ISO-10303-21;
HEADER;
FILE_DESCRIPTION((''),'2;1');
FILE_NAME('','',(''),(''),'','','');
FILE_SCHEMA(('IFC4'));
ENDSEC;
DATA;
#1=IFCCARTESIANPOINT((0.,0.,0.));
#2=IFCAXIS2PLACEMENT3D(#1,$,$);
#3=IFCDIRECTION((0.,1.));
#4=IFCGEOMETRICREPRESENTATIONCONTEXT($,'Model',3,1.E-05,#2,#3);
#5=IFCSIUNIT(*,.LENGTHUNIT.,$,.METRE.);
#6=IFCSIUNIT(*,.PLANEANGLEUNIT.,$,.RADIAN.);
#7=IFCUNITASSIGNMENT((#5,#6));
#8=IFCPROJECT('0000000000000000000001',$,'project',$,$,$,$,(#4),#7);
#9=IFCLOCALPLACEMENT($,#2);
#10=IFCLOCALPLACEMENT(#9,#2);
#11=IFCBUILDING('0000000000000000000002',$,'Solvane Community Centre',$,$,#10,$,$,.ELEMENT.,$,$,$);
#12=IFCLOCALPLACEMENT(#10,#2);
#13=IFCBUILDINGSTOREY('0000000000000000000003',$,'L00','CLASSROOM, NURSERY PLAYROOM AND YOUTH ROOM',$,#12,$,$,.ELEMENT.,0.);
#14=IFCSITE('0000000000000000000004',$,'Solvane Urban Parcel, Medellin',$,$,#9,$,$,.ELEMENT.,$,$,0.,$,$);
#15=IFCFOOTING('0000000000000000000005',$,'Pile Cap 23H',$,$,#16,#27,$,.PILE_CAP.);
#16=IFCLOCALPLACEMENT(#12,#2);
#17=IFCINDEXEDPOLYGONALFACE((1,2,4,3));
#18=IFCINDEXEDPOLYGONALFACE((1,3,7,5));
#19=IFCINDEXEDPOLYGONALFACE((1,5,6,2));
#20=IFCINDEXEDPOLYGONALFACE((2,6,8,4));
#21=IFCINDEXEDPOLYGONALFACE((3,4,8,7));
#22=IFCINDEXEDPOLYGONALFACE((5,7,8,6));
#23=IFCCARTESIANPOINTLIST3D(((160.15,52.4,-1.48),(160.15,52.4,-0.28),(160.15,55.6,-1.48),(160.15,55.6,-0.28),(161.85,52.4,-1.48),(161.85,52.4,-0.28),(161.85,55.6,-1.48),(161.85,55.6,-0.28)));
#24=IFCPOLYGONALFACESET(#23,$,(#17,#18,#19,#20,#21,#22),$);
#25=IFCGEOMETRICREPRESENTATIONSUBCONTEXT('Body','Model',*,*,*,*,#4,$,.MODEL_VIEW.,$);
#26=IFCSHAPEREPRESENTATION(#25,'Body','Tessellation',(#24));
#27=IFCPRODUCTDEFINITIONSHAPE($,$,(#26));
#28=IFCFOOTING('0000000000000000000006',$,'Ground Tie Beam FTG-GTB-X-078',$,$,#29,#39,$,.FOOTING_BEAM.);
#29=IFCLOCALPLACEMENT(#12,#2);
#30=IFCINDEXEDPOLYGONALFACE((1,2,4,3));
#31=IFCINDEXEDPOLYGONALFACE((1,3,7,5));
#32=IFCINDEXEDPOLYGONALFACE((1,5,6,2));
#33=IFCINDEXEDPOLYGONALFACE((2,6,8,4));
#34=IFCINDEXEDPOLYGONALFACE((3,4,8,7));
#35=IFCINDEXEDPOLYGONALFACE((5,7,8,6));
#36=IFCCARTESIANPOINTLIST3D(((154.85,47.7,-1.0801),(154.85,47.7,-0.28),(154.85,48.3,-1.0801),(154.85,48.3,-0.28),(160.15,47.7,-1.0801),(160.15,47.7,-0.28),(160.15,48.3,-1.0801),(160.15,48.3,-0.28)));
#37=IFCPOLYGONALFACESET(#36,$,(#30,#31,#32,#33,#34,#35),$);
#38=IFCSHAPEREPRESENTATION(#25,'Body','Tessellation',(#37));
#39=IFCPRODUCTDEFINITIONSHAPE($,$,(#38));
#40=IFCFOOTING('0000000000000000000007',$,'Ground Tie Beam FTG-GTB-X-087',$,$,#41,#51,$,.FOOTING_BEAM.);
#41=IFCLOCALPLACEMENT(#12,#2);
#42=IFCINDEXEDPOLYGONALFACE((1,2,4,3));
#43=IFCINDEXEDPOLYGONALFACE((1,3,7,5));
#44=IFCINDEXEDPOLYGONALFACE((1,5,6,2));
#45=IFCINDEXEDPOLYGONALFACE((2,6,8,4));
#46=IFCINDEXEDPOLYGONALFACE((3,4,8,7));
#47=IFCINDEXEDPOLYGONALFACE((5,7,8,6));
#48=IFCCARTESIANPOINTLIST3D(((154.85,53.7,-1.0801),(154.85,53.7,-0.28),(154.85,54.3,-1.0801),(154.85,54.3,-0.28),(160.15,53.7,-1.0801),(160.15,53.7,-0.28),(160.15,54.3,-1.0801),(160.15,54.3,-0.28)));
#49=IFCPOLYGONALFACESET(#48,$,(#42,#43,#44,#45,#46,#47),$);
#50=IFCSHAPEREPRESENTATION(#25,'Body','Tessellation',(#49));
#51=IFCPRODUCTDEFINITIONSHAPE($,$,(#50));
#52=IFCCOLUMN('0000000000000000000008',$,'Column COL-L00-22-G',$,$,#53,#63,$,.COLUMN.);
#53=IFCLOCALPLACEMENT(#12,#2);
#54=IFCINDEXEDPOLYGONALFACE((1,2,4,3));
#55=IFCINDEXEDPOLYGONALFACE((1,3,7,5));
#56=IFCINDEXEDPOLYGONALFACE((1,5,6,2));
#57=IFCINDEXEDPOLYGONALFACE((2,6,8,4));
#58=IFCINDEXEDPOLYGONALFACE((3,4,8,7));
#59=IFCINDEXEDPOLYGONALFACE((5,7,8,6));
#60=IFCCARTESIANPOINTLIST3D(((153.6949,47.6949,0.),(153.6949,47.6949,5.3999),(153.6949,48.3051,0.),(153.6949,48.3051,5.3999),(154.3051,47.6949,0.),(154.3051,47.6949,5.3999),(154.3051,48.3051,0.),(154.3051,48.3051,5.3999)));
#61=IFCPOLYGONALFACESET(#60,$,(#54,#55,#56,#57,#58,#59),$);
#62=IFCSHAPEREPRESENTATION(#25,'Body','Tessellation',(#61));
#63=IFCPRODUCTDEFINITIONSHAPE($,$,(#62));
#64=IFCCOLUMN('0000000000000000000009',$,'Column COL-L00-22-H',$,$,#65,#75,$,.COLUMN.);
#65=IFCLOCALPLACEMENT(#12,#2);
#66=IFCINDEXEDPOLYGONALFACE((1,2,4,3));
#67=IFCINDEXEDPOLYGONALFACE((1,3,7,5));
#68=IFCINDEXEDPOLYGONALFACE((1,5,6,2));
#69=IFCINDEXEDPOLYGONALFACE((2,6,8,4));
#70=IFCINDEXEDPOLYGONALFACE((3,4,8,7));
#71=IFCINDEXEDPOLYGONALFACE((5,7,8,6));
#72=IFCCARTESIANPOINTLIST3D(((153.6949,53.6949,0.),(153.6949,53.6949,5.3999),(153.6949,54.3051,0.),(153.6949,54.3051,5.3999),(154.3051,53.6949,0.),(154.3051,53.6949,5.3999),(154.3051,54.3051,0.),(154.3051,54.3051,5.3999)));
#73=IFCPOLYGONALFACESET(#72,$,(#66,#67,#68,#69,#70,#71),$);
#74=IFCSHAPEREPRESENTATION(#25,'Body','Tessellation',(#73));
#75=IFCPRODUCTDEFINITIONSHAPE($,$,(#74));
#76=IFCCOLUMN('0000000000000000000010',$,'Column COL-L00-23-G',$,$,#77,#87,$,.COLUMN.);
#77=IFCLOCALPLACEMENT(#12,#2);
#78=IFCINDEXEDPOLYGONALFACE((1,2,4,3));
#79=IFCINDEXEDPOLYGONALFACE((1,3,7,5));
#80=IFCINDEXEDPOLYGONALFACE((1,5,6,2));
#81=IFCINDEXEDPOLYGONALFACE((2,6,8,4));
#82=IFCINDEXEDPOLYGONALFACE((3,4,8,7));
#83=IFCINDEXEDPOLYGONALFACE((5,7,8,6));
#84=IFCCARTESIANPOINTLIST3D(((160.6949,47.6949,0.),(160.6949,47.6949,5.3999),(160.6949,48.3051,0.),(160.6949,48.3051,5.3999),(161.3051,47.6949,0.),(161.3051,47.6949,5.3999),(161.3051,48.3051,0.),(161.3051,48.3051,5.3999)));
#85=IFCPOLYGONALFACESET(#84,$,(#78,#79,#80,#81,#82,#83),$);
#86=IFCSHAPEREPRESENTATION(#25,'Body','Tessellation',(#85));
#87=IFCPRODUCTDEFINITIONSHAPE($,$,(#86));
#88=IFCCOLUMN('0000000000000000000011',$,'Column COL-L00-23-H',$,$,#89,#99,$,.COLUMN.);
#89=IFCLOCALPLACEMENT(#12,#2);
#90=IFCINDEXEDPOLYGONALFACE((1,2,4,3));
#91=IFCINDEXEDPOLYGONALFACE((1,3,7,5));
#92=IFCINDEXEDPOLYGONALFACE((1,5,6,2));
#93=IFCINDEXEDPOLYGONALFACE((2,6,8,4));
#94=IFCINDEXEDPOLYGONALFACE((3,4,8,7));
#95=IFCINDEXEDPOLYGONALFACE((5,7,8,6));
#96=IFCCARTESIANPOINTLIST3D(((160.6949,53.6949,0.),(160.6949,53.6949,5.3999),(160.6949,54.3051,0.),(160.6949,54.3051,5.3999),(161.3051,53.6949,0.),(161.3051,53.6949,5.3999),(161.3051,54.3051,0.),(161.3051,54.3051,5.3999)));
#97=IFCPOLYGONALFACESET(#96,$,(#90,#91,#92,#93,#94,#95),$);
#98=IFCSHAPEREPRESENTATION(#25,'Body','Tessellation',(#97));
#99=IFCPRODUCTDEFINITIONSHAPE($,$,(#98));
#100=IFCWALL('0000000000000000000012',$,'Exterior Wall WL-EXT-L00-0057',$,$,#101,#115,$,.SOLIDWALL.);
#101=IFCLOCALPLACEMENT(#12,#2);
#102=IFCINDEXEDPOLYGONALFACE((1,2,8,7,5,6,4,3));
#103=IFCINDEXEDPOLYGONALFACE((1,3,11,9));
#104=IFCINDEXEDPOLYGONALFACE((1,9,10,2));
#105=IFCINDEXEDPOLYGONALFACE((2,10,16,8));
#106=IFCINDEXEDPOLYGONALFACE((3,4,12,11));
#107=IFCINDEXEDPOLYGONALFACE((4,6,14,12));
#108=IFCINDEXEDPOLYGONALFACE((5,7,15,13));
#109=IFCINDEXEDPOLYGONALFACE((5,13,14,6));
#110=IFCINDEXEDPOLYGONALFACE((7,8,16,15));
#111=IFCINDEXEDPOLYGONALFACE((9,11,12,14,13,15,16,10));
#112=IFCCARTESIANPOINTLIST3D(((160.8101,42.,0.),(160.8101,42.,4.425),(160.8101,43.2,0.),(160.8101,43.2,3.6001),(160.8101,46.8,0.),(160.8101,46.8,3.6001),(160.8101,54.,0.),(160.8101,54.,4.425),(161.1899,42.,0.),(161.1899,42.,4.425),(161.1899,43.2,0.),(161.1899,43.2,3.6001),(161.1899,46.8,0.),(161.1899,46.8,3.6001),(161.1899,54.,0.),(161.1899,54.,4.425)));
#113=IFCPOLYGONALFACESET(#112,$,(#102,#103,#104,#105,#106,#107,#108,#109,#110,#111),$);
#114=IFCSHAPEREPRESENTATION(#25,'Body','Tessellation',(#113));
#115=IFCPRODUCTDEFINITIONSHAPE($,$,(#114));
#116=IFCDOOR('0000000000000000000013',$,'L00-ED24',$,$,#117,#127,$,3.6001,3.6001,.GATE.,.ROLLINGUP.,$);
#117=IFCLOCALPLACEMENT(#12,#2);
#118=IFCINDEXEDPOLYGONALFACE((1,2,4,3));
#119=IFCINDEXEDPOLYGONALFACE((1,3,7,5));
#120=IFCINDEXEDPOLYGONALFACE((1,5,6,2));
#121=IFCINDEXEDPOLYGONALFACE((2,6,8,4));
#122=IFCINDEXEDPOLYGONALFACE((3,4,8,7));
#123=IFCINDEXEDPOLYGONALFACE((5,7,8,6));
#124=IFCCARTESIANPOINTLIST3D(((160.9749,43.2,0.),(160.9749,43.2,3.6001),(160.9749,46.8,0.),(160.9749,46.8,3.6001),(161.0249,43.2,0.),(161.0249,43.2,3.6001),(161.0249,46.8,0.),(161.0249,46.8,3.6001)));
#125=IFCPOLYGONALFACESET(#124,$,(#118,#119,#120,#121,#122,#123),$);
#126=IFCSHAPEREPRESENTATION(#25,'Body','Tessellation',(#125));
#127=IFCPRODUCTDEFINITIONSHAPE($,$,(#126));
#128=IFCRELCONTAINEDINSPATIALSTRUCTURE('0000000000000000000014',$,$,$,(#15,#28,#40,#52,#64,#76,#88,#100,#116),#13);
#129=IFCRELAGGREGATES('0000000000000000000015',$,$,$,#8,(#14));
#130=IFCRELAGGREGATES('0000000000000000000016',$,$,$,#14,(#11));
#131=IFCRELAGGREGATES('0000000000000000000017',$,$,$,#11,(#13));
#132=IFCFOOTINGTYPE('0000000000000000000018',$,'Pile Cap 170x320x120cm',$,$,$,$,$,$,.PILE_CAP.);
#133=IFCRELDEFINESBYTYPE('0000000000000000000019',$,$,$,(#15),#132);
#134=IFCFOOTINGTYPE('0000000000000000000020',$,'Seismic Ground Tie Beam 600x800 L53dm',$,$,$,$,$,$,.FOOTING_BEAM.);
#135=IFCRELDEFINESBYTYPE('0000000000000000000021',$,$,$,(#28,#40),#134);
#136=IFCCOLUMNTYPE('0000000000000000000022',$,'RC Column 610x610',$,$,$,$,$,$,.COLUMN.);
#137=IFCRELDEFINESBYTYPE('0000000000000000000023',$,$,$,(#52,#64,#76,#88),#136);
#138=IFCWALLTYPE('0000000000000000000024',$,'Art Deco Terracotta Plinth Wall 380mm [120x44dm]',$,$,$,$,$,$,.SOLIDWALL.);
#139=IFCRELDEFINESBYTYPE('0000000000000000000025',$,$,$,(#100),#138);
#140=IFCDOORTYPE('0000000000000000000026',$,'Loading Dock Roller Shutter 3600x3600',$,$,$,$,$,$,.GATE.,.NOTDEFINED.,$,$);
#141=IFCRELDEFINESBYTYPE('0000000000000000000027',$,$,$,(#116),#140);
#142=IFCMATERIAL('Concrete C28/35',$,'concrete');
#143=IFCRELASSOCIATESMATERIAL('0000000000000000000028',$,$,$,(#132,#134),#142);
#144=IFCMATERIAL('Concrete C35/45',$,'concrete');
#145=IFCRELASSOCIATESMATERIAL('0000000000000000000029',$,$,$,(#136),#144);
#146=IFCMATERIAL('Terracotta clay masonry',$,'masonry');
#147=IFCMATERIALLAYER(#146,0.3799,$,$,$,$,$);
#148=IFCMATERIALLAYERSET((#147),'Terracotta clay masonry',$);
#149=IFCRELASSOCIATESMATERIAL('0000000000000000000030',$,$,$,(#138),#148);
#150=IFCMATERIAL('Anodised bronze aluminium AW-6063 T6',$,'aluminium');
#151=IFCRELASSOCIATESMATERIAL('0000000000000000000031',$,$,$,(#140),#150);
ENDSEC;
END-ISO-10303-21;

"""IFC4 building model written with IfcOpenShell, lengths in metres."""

from ifc_helpers import new_model, si_unit, direction, frame, frame_2d, origin, origin_2d, place, context, subcontext, project, spatial, rectangle, extrude, material, layer, layer_set, material_profile, profile_set, type_object, element, fill, save


model = new_model("IFC4")

# Units and contexts
model_context = context("Model", 3, precision=1e-05, world=origin(), true_north=direction((0.0, 1.0)))
body_context = subcontext(model_context, "Body", "Model", "MODEL_VIEW")
ifc_project = project(units=[si_unit("LENGTHUNIT", "METRE"), si_unit("PLANEANGLEUNIT", "RADIAN")], contexts=[model_context])

# Site, building, storey
site_placement = place(None, origin())
site = spatial("IfcSite", under=ifc_project, at=site_placement, Name="Solvane Urban Parcel, Medellin", CompositionType="ELEMENT", RefElevation=0.0)
building_placement = place(site_placement, origin())
building = spatial("IfcBuilding", under=site, at=building_placement, Name="Solvane Community Centre", CompositionType="ELEMENT")
storey_placement = place(building_placement, origin())
storey = spatial("IfcBuildingStorey", under=building, at=storey_placement, Name="L00", Description="CLASSROOM, NURSERY PLAYROOM AND YOUTH ROOM", CompositionType="ELEMENT", Elevation=0.0)

# Shared definitions
ifc_material_1 = material(Name="Concrete C28/35", Category="concrete")

# Footings
footing_type_1 = type_object("IfcFootingType", Name="Pile Cap 170x320x120cm", PredefinedType="PILE_CAP", material=ifc_material_1)
for number, where, z_axis, x_axis, name in (
    (1, (161.0, 54.0, -1.48), (0.0, 0.0, 1.0), (1.0, 0.0, 0.0), "Pile Cap 23H"),
):
    element("IfcFooting", number, at=place(storey_placement, frame(where, z_axis=z_axis, x_axis=x_axis)), inside=storey, type_object=footing_type_1, Name=name, PredefinedType="PILE_CAP", context=body_context, shape_type="SweptSolid", body=[
        extrude(rectangle(XDim=1.7, YDim=3.2, at=origin_2d()), origin(), (0.0, 0.0, 1.0), 1.2),
    ])
footing_type_2 = type_object("IfcFootingType", Name="Seismic Ground Tie Beam 600x800 L53dm", PredefinedType="FOOTING_BEAM", material=ifc_material_1)
for number, where, z_axis, x_axis, name in (
    (2, (157.5, 48.0, -1.0801), (0.0, 0.0, 1.0), (1.0, 0.0, 0.0), "Ground Tie Beam FTG-GTB-X-078"),
    (3, (157.5, 54.0, -1.0801), (0.0, 0.0, 1.0), (1.0, 0.0, 0.0), "Ground Tie Beam FTG-GTB-X-087"),
):
    element("IfcFooting", number, at=place(storey_placement, frame(where, z_axis=z_axis, x_axis=x_axis)), inside=storey, type_object=footing_type_2, Name=name, PredefinedType="FOOTING_BEAM", context=body_context, shape_type="SweptSolid", body=[
        extrude(rectangle(XDim=5.3, YDim=0.6001, at=origin_2d()), origin(), (0.0, 0.0, 1.0), 0.8),
    ])

# Columns
ifc_material_2 = material(Name="Concrete C35/45", Category="concrete")
ifc_material_profile_1 = material_profile(ifc_material_2, rectangle(XDim=0.6101, YDim=0.6101, at=origin_2d()), Name="RC 610x610")
ifc_profile_set_1 = profile_set([ifc_material_profile_1], Name="Concrete C35/45")
column_type = type_object("IfcColumnType", Name="RC Column 610x610", PredefinedType="COLUMN", material=ifc_profile_set_1)
for number, where, z_axis, x_axis, name in (
    (4, (154.0, 48.0, 0.0), (0.0, 0.0, 1.0), (1.0, 0.0, 0.0), "Column COL-L00-22-G"),
    (5, (154.0, 54.0, 0.0), (0.0, 0.0, 1.0), (1.0, 0.0, 0.0), "Column COL-L00-22-H"),
    (6, (161.0, 48.0, 0.0), (0.0, 0.0, 1.0), (1.0, 0.0, 0.0), "Column COL-L00-23-G"),
    (7, (161.0, 54.0, 0.0), (0.0, 0.0, 1.0), (1.0, 0.0, 0.0), "Column COL-L00-23-H"),
):
    element("IfcColumn", number, at=place(storey_placement, frame(where, z_axis=z_axis, x_axis=x_axis)), inside=storey, type_object=column_type, Name=name, PredefinedType="COLUMN", context=body_context, shape_type="SweptSolid", body=[
        extrude(rectangle(XDim=0.6101, YDim=0.6101, at=origin_2d()), origin(), (0.0, 0.0, 1.0), 5.3999),
    ])

# Wall, opening, door
ifc_material_3 = material(Name="Terracotta clay masonry", Category="masonry")
ifc_layer = layer(ifc_material_3, 0.3799)
ifc_layer_set = layer_set([ifc_layer], Name="Terracotta clay masonry")
wall_type = type_object("IfcWallType", Name="Art Deco Terracotta Plinth Wall 380mm [120x44dm]", PredefinedType="SOLIDWALL", material=ifc_layer_set)
wall_placement = place(storey_placement, frame((161.0, 54.0, 0.0), z_axis=(0.0, 0.0, 1.0), x_axis=(0.0, -1.0, 0.0)))
wall = element("IfcWall", 8, at=wall_placement, inside=storey, type_object=wall_type, Name="Exterior Wall WL-EXT-L00-0057", PredefinedType="SOLIDWALL", context=body_context, shape_type="SweptSolid", body=[
    extrude(rectangle(XDim=12.0, YDim=0.3799, at=frame_2d((6.0, 0.0))), origin(), (0.0, 0.0, 1.0), 4.425),
])
opening_placement = place(wall_placement, frame((7.2, 0.0, 0.0)))
opening = element("IfcOpeningElement", 9, at=opening_placement, cuts=wall, PredefinedType="OPENING", context=body_context, shape_type="SweptSolid", body=[
    extrude(rectangle(XDim=3.6001, YDim=3.6001, at=frame_2d((1.8, 1.8))), frame((0.0, 0.2, 0.0), z_axis=(0.0, -1.0, 0.0), x_axis=(1.0, 0.0, 0.0)), (0.0, 0.0, 1.0), 0.3999),
])
ifc_material_4 = material(Name="Anodised bronze aluminium AW-6063 T6", Category="aluminium")
door_type = type_object("IfcDoorType", Name="Loading Dock Roller Shutter 3600x3600", OperationType="NOTDEFINED", PredefinedType="GATE", material=ifc_material_4)
door_placement = place(opening_placement, origin())
door = element("IfcDoor", 10, at=door_placement, inside=storey, type_object=door_type, Name="L00-ED24", OperationType="ROLLINGUP", OverallHeight=3.6001, OverallWidth=3.6001, PredefinedType="GATE", context=body_context, shape_type="SweptSolid", body=[
    extrude(rectangle(XDim=3.6001, YDim=3.6001, at=frame_2d((1.8, 1.8))), frame((0.0, 0.0249, 0.0), z_axis=(0.0, -1.0, 0.0), x_axis=(1.0, 0.0, 0.0)), (0.0, 0.0, 1.0), 0.05),
])
fill(opening, door)

save(model, "model.ifc")
